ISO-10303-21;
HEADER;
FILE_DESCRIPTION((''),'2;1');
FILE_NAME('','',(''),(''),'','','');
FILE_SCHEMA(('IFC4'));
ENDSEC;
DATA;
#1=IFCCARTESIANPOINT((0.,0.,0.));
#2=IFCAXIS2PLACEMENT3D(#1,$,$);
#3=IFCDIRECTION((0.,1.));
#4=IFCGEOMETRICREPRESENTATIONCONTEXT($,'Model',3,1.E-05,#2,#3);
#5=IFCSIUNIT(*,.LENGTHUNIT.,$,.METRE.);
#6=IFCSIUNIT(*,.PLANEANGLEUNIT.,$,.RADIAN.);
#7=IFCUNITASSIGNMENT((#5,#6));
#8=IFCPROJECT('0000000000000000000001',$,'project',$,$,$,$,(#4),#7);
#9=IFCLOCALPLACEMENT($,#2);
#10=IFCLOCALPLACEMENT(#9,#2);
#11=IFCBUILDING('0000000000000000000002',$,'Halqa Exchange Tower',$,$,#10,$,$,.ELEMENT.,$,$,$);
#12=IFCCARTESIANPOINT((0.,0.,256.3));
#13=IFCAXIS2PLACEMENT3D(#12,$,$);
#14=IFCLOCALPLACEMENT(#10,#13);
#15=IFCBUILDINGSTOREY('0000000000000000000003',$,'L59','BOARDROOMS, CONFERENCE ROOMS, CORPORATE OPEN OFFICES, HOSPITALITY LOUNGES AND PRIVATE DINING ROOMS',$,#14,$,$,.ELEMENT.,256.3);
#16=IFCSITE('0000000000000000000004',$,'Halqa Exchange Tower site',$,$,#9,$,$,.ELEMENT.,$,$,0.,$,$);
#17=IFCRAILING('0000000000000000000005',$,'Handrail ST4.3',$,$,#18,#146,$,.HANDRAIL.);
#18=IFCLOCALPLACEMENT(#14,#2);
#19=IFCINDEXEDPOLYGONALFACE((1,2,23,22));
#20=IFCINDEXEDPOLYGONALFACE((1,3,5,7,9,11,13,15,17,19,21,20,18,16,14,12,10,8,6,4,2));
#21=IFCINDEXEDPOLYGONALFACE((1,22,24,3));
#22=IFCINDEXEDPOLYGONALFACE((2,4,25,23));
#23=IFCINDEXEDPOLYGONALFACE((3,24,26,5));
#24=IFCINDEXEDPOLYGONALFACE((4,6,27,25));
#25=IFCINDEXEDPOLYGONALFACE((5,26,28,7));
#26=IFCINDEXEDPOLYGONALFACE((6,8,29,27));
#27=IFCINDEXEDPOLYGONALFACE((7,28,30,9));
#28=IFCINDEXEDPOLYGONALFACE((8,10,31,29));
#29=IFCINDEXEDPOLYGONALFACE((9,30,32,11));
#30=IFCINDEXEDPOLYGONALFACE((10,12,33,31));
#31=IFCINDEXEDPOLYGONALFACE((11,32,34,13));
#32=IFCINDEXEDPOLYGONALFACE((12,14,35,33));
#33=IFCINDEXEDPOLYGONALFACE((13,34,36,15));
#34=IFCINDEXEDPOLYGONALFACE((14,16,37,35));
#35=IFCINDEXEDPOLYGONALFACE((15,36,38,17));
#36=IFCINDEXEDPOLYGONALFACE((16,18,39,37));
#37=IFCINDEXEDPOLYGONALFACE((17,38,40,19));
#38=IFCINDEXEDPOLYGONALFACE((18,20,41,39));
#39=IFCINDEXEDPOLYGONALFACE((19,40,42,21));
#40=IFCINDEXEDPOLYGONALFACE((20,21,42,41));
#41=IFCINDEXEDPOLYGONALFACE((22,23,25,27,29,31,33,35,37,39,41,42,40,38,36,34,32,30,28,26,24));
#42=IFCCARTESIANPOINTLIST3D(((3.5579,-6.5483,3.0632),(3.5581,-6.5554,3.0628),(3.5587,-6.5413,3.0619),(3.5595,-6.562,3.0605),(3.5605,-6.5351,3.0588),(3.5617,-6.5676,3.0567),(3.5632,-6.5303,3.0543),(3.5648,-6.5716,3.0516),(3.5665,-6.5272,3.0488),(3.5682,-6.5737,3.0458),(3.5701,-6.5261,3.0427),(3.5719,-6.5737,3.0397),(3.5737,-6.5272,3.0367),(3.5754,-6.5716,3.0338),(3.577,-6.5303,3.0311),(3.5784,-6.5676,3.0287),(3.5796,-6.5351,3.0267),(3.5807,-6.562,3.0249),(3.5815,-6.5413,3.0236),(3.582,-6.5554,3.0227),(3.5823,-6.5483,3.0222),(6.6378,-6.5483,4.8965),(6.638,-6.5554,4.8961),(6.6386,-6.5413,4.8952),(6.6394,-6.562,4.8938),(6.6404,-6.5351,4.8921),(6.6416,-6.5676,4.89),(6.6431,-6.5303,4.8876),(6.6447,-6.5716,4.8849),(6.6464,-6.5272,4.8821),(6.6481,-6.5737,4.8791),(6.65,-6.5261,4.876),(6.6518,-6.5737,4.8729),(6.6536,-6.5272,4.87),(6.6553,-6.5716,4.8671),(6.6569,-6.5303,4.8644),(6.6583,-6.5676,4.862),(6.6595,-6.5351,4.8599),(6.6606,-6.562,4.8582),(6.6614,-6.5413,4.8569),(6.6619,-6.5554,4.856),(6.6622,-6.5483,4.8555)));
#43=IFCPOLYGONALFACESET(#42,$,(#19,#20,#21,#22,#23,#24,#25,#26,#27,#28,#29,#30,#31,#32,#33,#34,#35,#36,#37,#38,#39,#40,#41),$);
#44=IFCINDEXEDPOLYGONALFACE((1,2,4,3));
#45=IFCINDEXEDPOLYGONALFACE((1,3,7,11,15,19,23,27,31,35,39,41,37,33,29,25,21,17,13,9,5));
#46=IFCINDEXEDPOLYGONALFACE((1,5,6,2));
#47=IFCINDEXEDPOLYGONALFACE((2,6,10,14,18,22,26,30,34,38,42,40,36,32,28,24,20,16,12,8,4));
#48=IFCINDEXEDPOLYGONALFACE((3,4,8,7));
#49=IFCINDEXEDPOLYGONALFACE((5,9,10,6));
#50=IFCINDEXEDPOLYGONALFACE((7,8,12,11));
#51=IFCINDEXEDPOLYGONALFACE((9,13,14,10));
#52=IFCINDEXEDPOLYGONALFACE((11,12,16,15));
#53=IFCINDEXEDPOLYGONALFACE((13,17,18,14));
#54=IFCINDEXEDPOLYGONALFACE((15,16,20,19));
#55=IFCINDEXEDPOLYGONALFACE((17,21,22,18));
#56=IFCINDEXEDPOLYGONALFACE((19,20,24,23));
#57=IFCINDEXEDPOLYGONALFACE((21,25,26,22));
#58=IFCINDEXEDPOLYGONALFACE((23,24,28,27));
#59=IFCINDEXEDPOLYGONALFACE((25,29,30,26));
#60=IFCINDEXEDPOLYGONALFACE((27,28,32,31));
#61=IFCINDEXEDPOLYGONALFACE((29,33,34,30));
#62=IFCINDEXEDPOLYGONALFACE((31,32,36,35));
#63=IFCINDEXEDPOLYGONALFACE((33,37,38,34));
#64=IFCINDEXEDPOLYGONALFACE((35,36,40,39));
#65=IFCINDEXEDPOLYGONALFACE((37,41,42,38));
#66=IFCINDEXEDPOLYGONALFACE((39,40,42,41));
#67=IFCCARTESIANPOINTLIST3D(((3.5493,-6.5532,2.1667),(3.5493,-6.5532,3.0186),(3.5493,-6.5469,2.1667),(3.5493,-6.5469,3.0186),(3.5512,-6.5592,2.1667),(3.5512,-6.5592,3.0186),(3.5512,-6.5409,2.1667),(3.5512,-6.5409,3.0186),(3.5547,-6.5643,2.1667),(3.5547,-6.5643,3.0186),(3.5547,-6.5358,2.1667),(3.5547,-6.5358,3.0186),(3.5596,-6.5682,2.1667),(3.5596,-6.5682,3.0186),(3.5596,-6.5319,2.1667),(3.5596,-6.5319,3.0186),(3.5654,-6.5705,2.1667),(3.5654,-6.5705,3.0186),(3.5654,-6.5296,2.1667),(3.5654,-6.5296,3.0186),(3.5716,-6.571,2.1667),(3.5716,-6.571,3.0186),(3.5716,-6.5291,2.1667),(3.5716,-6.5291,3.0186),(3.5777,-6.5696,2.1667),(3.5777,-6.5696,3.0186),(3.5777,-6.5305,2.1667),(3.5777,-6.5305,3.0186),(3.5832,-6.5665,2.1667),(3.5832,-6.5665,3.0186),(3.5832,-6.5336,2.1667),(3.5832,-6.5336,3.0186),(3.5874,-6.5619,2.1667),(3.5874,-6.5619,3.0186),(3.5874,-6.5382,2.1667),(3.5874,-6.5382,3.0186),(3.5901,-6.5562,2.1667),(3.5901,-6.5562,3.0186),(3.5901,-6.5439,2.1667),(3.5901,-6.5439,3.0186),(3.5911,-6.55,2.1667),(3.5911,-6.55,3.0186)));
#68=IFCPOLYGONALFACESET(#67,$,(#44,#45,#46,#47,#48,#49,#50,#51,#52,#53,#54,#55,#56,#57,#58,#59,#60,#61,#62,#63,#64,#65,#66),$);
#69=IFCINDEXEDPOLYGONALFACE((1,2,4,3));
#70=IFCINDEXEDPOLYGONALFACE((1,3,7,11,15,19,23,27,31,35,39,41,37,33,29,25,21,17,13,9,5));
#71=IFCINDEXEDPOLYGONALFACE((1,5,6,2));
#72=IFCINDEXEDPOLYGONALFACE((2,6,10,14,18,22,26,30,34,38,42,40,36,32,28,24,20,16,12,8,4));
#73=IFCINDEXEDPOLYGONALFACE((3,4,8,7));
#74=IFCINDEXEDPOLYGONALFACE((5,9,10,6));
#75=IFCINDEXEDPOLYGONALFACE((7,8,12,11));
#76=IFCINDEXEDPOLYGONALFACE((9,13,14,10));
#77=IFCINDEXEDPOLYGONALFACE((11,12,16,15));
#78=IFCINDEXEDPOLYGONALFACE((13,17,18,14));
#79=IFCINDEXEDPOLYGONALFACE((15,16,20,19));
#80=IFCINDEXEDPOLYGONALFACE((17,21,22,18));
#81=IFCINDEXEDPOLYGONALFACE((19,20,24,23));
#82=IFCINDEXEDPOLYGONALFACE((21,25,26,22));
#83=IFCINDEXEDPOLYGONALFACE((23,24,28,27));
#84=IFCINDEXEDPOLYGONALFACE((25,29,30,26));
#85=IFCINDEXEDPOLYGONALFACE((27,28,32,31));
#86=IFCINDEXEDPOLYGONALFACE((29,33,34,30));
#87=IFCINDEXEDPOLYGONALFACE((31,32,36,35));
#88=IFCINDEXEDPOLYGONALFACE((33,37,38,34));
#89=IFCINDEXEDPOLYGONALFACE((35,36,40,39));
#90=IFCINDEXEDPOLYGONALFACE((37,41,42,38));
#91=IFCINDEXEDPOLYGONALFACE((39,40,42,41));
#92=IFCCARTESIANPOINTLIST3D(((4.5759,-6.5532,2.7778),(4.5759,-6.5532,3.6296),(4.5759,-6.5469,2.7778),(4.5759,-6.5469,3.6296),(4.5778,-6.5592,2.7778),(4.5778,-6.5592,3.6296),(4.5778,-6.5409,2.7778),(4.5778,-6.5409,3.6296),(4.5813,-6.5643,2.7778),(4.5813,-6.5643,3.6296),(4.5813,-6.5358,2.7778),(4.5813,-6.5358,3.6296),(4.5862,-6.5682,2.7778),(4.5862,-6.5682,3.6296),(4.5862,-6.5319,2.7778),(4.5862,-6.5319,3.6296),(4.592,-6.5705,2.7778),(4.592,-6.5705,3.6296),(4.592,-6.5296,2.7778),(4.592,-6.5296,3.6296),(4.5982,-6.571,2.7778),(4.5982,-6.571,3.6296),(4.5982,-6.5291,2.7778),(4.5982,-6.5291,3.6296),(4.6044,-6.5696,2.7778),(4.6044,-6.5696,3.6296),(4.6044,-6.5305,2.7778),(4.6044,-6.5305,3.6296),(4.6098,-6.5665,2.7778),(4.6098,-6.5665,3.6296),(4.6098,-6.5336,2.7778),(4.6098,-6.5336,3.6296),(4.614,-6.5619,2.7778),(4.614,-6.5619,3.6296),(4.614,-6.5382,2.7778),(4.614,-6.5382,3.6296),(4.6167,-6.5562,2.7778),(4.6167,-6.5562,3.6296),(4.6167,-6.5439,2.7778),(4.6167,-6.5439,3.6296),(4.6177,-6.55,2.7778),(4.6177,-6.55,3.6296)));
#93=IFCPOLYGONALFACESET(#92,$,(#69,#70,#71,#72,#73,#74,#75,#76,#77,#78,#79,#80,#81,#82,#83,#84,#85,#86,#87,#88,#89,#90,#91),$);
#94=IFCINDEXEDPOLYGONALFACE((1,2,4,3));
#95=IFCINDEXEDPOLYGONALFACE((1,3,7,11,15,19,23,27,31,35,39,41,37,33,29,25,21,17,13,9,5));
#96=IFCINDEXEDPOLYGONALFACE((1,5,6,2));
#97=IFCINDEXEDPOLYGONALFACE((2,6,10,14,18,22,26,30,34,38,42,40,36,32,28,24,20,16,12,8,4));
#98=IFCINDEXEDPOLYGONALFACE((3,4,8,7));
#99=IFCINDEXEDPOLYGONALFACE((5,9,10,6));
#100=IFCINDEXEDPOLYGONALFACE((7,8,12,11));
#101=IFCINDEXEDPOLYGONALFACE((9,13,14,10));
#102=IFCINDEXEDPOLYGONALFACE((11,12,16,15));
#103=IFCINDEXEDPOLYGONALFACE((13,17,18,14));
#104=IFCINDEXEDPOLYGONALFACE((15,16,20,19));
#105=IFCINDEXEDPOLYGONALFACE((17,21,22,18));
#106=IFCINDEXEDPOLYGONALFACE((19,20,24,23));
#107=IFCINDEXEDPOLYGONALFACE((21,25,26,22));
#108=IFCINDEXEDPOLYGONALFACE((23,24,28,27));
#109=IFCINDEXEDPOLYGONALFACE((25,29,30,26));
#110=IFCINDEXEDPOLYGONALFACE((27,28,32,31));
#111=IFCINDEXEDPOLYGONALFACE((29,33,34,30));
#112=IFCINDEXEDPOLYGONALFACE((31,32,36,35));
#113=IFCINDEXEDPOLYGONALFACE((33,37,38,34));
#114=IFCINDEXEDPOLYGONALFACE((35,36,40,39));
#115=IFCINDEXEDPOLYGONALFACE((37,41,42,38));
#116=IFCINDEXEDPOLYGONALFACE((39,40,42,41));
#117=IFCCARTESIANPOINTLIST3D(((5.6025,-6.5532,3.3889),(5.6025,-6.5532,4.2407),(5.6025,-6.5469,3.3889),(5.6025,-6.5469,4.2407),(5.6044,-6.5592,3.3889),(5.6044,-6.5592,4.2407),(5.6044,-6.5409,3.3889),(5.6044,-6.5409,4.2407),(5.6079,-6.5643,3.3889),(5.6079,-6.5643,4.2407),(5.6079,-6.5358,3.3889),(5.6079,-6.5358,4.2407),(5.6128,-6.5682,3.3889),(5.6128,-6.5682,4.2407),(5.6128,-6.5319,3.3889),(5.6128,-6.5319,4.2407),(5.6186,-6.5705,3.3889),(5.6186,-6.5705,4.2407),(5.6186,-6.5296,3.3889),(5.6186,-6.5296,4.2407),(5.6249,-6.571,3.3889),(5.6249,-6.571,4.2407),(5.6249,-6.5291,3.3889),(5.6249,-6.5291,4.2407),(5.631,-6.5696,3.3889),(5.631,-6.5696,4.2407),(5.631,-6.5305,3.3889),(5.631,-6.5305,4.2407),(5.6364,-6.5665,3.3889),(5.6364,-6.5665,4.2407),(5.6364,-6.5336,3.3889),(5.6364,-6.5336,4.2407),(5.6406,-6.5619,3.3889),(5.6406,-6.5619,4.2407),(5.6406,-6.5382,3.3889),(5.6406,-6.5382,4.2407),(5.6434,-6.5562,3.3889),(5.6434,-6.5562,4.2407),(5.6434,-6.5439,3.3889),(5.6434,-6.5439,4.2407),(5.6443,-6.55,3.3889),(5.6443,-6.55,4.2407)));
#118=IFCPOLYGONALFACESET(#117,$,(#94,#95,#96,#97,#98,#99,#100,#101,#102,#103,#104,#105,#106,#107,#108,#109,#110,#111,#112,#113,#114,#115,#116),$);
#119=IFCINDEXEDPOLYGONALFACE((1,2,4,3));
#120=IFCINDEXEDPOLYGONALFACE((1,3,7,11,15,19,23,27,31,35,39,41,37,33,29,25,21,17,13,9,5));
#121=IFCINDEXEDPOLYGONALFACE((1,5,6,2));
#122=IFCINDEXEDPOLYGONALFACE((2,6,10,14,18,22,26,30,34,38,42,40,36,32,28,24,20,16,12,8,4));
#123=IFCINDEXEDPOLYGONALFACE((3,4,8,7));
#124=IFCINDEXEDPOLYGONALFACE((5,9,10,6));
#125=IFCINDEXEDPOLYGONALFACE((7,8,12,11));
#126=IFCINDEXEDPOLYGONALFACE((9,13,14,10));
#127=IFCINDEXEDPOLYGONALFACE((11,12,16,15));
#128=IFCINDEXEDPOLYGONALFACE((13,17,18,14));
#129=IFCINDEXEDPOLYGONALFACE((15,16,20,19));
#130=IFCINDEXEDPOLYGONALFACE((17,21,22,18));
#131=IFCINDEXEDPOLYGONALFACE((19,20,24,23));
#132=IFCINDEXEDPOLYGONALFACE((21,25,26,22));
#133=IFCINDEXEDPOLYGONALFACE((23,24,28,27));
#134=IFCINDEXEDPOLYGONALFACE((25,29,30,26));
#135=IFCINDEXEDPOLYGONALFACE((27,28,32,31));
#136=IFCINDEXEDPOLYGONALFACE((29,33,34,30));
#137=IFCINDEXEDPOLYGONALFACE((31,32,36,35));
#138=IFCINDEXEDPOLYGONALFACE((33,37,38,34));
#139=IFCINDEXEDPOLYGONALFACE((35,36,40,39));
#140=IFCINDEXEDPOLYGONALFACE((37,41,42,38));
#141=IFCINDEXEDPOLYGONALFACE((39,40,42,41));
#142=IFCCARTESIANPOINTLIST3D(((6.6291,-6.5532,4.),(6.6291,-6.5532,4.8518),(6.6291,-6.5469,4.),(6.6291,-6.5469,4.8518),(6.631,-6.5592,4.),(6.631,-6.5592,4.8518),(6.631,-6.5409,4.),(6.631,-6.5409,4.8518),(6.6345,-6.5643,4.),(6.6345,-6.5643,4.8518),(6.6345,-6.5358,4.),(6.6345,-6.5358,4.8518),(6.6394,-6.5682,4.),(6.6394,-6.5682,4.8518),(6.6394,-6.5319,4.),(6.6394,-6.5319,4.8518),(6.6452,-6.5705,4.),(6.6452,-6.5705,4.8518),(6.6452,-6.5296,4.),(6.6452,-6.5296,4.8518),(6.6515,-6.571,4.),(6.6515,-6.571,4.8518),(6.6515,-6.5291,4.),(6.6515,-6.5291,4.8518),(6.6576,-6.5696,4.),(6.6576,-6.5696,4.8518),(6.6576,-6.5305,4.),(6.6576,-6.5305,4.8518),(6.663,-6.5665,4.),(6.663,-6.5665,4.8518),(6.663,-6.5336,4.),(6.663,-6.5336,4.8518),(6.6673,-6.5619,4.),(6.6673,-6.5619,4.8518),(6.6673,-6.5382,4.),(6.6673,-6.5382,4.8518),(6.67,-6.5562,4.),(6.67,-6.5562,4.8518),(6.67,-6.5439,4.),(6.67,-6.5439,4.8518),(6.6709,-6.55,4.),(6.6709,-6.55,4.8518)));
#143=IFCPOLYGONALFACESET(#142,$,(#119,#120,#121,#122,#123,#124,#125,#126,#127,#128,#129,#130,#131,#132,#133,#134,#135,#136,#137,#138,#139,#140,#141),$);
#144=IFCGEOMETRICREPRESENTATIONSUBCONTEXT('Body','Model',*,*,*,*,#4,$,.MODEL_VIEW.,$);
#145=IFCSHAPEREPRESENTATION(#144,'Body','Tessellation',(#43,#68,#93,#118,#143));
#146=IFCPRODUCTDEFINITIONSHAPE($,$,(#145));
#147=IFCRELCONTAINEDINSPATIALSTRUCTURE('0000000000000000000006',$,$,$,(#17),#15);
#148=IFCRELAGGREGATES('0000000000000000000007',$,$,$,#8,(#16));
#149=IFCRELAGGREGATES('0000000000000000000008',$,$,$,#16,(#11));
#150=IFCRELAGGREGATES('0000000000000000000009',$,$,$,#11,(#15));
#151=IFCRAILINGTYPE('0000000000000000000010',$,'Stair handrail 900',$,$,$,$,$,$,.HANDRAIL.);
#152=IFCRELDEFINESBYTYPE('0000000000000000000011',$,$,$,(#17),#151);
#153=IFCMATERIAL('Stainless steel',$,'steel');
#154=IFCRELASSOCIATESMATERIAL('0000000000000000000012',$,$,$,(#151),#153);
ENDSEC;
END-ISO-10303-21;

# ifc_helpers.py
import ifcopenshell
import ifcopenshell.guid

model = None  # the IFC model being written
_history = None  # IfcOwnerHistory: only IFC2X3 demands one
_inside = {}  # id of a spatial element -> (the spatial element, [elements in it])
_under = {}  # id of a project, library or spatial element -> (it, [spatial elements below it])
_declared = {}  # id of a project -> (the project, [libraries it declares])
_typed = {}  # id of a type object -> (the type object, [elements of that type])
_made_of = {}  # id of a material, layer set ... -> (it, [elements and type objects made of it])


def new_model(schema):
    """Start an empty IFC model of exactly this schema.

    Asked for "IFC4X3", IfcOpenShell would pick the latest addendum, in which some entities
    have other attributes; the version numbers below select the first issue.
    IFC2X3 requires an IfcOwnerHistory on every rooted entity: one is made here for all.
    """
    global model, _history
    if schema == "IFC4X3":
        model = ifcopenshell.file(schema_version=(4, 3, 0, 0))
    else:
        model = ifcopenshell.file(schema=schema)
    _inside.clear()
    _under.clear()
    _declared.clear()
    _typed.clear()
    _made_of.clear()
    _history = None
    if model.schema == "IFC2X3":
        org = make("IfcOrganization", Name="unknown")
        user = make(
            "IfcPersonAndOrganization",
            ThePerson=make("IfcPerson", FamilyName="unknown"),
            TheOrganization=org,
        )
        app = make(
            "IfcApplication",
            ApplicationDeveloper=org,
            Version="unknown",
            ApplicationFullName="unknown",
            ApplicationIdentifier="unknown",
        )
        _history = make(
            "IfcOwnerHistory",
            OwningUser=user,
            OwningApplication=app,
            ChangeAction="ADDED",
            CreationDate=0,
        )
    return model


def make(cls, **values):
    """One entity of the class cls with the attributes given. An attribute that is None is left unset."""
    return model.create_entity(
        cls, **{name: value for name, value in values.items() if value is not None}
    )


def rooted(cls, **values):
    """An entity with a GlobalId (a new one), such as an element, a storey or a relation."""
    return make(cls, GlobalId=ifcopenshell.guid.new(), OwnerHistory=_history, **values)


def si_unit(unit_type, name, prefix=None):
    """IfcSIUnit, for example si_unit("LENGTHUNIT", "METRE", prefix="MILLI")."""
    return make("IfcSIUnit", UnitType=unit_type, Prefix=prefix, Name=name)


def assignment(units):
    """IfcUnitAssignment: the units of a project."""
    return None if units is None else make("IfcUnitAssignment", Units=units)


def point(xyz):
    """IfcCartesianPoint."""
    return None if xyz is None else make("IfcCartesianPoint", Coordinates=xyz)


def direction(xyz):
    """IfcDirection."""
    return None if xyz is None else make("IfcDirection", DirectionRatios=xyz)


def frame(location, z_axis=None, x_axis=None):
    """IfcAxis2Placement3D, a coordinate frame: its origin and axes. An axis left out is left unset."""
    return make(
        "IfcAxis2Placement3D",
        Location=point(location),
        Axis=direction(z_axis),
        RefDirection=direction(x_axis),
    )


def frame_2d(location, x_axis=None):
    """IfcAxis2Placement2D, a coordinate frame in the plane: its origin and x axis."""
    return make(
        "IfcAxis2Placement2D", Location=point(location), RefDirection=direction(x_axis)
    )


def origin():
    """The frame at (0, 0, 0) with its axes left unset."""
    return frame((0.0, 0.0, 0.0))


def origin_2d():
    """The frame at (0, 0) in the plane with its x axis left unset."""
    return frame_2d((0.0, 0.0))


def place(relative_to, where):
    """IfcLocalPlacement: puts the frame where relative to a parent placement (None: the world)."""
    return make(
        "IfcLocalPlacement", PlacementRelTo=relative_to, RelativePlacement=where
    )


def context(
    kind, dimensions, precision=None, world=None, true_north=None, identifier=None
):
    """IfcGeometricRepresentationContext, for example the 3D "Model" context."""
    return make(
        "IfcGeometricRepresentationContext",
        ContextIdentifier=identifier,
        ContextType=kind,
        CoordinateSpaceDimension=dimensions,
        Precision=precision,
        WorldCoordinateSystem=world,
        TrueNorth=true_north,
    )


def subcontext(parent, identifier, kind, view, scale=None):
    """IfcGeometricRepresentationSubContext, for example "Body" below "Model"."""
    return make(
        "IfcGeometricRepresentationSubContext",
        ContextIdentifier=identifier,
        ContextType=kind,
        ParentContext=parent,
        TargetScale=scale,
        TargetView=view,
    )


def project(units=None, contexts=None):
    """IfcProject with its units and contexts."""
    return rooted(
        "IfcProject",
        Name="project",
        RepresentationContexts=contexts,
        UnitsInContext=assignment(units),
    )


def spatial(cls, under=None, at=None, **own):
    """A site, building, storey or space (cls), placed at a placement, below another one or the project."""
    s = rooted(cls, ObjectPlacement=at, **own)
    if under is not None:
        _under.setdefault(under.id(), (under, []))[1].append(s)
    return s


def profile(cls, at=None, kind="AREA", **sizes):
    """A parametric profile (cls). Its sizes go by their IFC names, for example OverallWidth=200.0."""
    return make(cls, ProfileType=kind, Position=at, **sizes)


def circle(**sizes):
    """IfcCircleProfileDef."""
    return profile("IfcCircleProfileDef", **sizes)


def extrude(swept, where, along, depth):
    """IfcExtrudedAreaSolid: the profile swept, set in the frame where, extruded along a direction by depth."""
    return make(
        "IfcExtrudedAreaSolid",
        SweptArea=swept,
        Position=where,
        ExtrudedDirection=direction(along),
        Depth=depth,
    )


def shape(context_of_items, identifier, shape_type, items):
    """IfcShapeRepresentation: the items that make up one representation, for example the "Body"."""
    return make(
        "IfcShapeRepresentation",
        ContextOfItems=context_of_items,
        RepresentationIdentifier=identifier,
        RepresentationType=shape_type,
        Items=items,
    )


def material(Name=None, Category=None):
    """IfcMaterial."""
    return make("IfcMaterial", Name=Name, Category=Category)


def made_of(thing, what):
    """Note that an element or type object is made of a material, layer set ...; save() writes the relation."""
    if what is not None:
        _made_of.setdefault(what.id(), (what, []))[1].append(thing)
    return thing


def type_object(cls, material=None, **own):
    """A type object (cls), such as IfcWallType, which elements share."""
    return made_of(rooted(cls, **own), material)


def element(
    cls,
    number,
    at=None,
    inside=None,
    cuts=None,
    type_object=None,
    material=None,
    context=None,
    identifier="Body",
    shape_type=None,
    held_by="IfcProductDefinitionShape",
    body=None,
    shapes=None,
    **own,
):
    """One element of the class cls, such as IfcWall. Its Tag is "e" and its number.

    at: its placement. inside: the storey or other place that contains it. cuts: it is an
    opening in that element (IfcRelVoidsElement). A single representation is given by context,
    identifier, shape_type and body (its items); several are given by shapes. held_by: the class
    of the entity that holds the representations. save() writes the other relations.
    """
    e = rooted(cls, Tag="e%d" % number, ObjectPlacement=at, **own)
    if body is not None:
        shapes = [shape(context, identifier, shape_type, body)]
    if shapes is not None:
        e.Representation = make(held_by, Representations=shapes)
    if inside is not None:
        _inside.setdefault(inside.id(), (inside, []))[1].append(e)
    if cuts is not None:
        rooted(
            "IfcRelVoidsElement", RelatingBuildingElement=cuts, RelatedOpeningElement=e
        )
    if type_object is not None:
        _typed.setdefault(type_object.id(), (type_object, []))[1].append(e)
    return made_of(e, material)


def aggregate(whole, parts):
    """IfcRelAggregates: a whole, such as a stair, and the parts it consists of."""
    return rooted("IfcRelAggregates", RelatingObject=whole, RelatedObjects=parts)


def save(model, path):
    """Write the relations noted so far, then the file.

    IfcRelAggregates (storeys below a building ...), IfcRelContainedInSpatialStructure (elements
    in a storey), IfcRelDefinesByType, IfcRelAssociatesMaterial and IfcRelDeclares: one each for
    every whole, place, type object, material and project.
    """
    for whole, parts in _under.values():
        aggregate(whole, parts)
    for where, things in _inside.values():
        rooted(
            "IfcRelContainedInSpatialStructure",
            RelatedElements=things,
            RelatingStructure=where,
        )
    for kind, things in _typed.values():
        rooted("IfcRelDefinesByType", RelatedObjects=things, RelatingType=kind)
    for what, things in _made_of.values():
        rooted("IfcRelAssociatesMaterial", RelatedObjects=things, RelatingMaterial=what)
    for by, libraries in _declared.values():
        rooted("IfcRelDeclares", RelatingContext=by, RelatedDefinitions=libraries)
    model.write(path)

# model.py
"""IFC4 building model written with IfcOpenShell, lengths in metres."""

from ifc_helpers import new_model, si_unit, direction, frame, origin, origin_2d, place, context, subcontext, project, spatial, circle, extrude, material, type_object, element, save


model = new_model("IFC4")

# Units and contexts
model_context = context("Model", 3, precision=1e-05, world=origin(), true_north=direction((0.0, 1.0)))
body_context = subcontext(model_context, "Body", "Model", "MODEL_VIEW")
ifc_project = project(units=[si_unit("LENGTHUNIT", "METRE"), si_unit("PLANEANGLEUNIT", "RADIAN")], contexts=[model_context])

# Site, building, storey
site_placement = place(None, origin())
site = spatial("IfcSite", under=ifc_project, at=site_placement, Name="Halqa Exchange Tower site", CompositionType="ELEMENT", RefElevation=0.0)
building_placement = place(site_placement, origin())
building = spatial("IfcBuilding", under=site, at=building_placement, Name="Halqa Exchange Tower", CompositionType="ELEMENT")
storey_placement = place(building_placement, frame((0.0, 0.0, 256.3)))
storey = spatial("IfcBuildingStorey", under=building, at=storey_placement, Name="L59", Description="BOARDROOMS, CONFERENCE ROOMS, CORPORATE OPEN OFFICES, HOSPITALITY LOUNGES AND PRIVATE DINING ROOMS", CompositionType="ELEMENT", Elevation=256.3)

# Railing
ifc_material_1 = material(Name="Stainless steel", Category="steel")
railing_type_1 = type_object("IfcRailingType", Name="Stair handrail 900", PredefinedType="HANDRAIL", material=ifc_material_1)
railing_1_placement = place(storey_placement, frame((3.5701, -6.55, 2.1667)))
element("IfcRailing", 1, at=railing_1_placement, inside=storey, type_object=railing_type_1, Name="Handrail ST4.3", PredefinedType="HANDRAIL", context=body_context, shape_type="SweptSolid", body=[
    extrude(circle(Radius=0.0239, at=origin_2d()), frame((0.0, 0.0, 0.876), z_axis=(0.859291, 0.0, 0.511487), x_axis=(0.0, 1.0, 0.0)), (0.0, 0.0, 1.0), 3.5842),
    extrude(circle(Radius=0.021, at=origin_2d()), origin(), (0.0, 0.0, 1.0), 0.8518),
    extrude(circle(Radius=0.021, at=origin_2d()), frame((1.0266, 0.0, 0.6111)), (0.0, 0.0, 1.0), 0.8518),
    extrude(circle(Radius=0.021, at=origin_2d()), frame((2.0532, 0.0, 1.2222)), (0.0, 0.0, 1.0), 0.8518),
    extrude(circle(Radius=0.021, at=origin_2d()), frame((3.0798, 0.0, 1.8333)), (0.0, 0.0, 1.0), 0.8518),
])

save(model, "model.ifc")
